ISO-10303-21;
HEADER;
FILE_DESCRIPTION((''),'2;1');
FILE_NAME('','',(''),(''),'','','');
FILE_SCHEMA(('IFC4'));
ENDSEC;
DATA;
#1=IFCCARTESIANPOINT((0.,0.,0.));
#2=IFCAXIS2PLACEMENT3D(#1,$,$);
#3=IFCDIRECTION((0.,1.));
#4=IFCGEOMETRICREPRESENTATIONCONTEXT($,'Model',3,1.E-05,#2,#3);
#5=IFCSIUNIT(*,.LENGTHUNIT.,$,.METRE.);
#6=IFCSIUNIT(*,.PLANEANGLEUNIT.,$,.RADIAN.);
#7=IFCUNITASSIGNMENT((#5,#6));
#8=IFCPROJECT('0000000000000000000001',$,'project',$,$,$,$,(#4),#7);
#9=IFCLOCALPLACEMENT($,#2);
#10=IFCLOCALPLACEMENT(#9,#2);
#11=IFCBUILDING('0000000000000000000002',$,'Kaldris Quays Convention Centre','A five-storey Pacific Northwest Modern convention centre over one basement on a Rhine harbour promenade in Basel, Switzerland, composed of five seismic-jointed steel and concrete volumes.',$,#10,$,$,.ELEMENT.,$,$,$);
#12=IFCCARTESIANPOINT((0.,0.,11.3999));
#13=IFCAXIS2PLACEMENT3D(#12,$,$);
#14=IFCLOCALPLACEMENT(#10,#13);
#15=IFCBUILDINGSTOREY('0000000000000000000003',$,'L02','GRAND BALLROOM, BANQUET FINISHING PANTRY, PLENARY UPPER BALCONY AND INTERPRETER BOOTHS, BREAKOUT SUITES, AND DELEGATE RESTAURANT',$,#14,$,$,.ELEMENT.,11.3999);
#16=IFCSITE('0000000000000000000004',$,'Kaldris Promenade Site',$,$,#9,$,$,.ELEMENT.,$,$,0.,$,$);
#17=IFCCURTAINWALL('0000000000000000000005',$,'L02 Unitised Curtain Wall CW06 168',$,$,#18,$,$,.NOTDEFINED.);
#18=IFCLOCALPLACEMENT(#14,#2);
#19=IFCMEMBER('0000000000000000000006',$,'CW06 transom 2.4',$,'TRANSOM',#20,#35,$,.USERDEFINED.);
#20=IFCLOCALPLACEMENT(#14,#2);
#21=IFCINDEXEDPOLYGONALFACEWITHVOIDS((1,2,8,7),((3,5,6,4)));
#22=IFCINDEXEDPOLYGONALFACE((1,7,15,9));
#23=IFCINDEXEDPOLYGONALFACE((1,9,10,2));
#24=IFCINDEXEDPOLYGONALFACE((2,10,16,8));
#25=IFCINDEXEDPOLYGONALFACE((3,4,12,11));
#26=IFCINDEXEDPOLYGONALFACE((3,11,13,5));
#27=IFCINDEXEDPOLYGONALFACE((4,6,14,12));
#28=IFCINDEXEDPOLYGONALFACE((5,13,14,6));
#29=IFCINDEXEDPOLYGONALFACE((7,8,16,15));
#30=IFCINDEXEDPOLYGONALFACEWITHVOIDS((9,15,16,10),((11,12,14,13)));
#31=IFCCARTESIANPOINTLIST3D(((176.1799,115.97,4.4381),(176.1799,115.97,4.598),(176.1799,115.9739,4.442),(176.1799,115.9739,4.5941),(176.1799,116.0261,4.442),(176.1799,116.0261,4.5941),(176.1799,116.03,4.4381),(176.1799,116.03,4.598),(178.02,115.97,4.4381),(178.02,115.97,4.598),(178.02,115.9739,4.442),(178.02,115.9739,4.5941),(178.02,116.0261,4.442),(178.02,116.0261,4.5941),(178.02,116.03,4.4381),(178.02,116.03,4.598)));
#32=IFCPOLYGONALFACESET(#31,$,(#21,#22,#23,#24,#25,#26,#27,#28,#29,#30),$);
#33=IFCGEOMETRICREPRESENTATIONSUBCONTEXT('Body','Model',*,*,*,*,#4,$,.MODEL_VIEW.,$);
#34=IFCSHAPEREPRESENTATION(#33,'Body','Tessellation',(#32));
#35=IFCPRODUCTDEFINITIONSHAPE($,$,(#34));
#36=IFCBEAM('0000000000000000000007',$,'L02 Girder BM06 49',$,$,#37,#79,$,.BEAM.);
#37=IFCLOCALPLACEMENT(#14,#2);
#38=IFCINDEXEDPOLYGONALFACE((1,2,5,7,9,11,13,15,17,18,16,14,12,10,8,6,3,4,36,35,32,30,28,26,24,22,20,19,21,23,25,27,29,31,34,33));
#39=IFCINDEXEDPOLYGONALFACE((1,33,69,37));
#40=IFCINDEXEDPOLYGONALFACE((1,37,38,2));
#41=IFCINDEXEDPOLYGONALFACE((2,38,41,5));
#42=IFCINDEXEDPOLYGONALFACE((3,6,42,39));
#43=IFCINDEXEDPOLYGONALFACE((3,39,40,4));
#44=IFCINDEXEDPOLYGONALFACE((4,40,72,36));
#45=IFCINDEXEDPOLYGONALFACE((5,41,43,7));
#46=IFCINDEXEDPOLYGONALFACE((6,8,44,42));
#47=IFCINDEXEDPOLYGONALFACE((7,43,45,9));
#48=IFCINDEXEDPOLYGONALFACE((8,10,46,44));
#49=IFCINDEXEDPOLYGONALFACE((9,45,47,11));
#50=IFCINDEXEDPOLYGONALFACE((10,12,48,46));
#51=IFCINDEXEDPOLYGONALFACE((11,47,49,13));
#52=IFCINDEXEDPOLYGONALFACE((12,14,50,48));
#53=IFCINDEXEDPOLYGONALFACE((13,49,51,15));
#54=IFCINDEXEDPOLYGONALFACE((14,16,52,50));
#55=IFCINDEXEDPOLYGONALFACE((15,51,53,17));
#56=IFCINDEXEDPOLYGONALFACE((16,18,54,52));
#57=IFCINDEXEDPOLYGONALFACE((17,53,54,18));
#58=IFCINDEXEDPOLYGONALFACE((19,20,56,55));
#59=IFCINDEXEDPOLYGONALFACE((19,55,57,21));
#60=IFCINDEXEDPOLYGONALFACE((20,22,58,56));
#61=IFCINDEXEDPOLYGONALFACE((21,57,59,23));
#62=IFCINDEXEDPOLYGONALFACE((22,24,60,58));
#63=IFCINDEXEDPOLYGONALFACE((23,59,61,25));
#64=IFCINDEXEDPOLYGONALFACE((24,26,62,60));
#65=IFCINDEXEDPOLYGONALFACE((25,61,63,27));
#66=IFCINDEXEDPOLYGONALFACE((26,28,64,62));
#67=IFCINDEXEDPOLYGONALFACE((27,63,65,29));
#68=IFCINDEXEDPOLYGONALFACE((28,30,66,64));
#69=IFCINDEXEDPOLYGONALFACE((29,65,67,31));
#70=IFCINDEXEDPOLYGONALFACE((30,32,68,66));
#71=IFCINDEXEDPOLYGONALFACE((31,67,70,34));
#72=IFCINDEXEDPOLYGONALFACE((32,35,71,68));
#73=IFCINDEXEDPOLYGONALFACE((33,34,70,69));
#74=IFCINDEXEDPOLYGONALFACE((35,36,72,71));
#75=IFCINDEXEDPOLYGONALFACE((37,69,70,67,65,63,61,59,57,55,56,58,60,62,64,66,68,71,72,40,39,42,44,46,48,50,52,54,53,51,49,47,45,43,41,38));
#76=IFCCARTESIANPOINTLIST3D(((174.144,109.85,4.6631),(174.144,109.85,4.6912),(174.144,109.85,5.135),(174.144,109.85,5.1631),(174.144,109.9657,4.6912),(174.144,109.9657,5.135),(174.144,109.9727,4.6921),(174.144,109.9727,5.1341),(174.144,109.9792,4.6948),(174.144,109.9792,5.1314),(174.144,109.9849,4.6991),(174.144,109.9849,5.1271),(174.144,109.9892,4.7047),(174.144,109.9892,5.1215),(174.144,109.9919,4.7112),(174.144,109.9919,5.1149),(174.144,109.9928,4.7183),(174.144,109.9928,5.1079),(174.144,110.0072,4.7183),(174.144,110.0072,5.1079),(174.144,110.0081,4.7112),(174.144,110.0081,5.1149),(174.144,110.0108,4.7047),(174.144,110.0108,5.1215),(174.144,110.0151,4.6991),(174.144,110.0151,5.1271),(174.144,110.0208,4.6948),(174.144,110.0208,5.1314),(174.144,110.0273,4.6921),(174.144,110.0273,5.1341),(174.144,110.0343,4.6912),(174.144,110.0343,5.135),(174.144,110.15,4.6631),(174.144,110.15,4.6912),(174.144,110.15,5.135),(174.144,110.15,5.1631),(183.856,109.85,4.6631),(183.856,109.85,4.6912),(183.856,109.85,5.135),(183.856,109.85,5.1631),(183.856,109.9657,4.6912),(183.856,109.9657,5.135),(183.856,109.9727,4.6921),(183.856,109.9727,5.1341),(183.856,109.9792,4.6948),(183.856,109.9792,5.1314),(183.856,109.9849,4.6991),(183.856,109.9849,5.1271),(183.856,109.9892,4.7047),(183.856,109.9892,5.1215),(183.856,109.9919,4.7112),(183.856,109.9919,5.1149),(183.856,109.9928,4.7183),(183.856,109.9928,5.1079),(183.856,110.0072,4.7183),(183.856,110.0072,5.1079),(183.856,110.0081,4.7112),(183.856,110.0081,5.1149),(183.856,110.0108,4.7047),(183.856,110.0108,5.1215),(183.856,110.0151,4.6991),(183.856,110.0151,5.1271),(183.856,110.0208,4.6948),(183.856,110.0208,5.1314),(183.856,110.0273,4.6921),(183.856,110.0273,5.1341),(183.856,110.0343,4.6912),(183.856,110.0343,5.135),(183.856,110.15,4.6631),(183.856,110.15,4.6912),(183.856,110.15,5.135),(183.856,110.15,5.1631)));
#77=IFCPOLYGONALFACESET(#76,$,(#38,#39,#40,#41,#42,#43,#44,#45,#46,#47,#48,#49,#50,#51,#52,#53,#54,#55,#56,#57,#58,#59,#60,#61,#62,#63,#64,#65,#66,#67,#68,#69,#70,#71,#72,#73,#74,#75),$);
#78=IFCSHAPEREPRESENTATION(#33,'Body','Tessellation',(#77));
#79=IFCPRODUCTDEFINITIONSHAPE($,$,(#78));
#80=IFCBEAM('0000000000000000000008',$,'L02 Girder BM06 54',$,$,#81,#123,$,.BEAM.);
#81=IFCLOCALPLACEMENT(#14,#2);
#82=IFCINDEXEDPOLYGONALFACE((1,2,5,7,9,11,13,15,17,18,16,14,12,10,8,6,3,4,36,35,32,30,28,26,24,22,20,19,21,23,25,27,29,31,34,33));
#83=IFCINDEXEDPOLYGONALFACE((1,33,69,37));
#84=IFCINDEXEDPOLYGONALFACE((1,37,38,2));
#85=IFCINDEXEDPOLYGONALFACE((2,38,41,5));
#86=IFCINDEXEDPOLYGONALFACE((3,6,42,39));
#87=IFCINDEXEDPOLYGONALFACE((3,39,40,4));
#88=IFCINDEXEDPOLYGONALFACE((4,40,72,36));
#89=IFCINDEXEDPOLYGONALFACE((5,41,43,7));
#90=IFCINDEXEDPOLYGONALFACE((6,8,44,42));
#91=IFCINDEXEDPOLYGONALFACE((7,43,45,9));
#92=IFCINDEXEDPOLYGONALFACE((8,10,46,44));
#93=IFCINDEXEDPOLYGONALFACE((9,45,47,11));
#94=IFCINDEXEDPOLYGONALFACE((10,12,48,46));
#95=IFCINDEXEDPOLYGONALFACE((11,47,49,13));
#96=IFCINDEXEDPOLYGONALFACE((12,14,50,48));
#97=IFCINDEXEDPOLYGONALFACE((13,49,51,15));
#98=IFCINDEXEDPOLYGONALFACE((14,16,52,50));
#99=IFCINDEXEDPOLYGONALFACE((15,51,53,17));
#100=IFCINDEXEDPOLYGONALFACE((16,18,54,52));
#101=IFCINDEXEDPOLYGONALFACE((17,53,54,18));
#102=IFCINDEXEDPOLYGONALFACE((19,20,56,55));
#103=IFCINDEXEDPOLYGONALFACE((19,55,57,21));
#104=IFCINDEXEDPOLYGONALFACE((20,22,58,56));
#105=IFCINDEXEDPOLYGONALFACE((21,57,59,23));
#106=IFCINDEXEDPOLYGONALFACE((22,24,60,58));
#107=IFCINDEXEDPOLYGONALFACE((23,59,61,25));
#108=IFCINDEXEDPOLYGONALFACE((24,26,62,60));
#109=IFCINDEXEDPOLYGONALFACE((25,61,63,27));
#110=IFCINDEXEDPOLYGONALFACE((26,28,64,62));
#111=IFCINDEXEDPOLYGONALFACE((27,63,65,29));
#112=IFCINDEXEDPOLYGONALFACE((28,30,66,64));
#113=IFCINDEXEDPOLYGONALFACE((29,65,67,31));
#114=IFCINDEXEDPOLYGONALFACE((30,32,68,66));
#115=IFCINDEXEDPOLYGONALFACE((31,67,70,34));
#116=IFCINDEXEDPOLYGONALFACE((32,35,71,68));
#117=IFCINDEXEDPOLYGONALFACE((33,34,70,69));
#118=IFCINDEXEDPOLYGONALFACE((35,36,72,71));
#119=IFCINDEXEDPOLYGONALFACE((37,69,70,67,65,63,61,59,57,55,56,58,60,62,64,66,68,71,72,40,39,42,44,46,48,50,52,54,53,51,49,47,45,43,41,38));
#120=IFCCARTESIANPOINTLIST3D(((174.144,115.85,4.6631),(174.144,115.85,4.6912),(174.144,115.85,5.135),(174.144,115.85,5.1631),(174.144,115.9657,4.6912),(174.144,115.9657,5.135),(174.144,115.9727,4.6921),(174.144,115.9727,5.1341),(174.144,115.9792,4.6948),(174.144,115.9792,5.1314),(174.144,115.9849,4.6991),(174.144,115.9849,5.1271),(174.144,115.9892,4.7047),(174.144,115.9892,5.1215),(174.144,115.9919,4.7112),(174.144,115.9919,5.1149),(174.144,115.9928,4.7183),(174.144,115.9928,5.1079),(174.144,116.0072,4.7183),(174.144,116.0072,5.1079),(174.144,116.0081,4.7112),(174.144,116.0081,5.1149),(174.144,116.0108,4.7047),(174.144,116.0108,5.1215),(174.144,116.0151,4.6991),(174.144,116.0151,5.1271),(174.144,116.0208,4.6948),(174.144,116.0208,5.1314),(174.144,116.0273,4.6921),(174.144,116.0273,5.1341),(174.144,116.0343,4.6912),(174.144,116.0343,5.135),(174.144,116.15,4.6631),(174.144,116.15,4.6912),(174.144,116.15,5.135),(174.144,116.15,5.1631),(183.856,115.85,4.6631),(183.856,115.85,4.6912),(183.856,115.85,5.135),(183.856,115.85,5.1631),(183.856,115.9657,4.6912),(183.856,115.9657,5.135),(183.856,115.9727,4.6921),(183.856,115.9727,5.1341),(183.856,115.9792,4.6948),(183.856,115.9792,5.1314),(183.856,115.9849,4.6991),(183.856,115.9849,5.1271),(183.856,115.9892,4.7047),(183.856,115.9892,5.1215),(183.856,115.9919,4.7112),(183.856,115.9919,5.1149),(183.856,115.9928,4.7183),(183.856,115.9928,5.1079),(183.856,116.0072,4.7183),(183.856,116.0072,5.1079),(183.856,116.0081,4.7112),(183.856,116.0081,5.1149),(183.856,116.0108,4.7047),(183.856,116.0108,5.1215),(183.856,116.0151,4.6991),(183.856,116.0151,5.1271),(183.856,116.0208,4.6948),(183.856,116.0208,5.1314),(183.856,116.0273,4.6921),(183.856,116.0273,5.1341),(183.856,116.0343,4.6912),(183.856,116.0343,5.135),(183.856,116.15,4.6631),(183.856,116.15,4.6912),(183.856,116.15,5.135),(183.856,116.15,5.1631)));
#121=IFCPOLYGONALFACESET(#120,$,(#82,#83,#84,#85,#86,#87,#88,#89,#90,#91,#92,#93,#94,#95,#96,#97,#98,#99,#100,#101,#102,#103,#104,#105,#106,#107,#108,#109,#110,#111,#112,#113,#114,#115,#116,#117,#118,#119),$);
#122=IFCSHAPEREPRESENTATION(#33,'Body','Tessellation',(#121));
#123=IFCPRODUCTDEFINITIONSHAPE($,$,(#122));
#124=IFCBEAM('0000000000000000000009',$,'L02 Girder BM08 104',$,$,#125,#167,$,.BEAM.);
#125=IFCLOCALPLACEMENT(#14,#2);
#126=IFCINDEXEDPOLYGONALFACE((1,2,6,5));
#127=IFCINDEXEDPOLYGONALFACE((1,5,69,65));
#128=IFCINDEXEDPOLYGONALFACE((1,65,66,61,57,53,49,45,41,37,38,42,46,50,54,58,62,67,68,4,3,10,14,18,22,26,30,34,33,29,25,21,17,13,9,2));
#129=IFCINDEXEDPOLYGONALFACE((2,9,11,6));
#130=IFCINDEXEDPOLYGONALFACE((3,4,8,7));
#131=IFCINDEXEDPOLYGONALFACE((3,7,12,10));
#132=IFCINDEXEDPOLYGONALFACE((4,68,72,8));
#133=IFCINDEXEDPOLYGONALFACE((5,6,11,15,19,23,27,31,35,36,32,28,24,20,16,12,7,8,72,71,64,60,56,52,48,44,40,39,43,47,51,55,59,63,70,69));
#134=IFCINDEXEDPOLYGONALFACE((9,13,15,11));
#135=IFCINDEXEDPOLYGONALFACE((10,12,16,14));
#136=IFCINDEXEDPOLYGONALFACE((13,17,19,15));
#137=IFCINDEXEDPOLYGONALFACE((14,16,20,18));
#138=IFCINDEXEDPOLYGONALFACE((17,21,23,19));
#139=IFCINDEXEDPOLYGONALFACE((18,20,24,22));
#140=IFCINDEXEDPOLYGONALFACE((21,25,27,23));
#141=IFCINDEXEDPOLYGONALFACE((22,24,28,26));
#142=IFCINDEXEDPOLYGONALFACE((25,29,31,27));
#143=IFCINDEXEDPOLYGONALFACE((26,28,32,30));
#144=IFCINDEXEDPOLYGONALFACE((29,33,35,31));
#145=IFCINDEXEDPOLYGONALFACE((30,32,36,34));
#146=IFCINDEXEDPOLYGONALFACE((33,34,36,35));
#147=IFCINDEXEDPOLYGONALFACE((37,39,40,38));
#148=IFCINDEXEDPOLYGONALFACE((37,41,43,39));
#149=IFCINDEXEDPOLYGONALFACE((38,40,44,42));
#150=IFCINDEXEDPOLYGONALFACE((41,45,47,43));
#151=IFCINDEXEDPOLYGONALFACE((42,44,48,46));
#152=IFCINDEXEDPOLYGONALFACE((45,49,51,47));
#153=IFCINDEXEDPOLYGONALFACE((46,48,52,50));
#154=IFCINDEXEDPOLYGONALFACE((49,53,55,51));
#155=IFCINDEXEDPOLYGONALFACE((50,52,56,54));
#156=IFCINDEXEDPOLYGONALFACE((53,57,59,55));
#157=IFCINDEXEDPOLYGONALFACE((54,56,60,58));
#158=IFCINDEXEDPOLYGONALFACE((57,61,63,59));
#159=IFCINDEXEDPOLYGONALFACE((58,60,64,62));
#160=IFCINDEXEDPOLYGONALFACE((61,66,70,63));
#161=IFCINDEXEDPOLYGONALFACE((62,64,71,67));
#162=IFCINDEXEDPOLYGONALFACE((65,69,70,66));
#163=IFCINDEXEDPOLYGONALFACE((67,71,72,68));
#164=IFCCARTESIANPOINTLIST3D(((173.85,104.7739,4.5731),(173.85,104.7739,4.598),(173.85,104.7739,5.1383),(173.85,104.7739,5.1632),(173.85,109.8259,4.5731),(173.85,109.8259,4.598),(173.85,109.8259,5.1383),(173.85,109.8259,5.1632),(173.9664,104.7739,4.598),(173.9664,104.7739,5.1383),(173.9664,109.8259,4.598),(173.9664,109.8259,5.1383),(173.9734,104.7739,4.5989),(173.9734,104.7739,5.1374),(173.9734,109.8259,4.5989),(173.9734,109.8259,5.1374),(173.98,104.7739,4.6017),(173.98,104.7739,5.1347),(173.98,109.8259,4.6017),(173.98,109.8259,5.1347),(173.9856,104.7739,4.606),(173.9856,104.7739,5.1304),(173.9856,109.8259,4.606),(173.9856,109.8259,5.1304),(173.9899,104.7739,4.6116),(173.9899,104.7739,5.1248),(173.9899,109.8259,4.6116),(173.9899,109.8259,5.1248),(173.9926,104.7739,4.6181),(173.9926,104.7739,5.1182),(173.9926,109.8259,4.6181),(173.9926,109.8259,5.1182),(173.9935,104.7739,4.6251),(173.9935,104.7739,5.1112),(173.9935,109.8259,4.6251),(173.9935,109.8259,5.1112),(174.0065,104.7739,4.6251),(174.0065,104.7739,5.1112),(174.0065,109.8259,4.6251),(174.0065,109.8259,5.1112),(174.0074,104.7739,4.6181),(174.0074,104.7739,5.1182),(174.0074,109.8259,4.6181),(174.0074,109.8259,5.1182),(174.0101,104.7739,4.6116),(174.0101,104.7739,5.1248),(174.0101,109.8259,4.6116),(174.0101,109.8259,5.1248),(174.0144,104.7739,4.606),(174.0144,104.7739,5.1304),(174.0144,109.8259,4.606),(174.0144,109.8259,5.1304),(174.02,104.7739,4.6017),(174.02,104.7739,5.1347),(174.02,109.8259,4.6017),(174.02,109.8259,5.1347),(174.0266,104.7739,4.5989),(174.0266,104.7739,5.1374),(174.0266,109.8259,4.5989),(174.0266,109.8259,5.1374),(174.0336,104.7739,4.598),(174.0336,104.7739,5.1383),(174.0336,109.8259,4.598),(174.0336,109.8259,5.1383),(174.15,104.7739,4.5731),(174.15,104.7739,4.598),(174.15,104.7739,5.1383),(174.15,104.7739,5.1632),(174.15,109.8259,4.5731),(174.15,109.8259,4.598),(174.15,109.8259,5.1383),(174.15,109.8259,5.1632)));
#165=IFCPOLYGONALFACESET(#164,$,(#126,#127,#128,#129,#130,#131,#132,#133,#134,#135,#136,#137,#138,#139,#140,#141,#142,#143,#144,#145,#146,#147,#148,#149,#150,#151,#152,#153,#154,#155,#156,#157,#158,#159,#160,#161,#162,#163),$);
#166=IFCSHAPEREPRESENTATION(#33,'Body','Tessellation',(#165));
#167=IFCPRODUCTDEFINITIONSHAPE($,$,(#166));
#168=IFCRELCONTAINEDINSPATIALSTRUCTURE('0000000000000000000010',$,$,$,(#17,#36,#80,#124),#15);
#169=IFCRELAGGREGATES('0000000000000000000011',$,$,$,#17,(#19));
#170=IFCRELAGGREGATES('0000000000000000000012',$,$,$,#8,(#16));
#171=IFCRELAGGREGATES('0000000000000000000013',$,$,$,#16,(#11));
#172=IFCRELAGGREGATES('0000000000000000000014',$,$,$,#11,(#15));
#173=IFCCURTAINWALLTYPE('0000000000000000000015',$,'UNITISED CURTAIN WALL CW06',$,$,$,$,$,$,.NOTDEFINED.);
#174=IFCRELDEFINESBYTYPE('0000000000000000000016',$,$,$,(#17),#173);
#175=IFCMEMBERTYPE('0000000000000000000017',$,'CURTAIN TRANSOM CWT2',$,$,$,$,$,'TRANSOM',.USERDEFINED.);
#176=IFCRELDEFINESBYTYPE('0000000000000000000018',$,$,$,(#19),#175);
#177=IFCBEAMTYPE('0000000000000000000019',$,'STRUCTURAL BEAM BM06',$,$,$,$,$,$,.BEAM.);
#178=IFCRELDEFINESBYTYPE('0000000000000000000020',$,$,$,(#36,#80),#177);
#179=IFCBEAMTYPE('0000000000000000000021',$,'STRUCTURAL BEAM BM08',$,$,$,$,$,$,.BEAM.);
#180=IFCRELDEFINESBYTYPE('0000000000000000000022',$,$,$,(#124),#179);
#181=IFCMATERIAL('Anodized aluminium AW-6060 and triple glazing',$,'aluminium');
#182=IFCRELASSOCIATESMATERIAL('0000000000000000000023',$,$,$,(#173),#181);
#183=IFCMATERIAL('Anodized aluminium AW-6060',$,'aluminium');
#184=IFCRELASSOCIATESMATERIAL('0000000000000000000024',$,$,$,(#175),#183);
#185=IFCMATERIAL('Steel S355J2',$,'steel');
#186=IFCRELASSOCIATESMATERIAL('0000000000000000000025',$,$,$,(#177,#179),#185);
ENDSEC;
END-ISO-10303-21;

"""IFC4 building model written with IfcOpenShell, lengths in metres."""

from ifc_helpers import new_model, si_unit, direction, frame, origin, origin_2d, place, context, subcontext, project, spatial, hollow_rectangle, i_section, extrude, material, material_profile, profile_set, type_object, element, aggregate, save


model = new_model("IFC4")

# Units and contexts
model_context = context("Model", 3, precision=1e-05, world=origin(), true_north=direction((0.0, 1.0)))
body_context = subcontext(model_context, "Body", "Model", "MODEL_VIEW")
ifc_project = project(units=[si_unit("LENGTHUNIT", "METRE"), si_unit("PLANEANGLEUNIT", "RADIAN")], contexts=[model_context])

# Site, building, storey
site_placement = place(None, origin())
site = spatial("IfcSite", under=ifc_project, at=site_placement, Name="Kaldris Promenade Site", CompositionType="ELEMENT", RefElevation=0.0)
building_placement = place(site_placement, origin())
building = spatial("IfcBuilding", under=site, at=building_placement, Name="Kaldris Quays Convention Centre", Description="A five-storey Pacific Northwest Modern convention centre over one basement on a Rhine harbour promenade in Basel, Switzerland, composed of five seismic-jointed steel and concrete volumes.", CompositionType="ELEMENT")
storey_placement = place(building_placement, frame((0.0, 0.0, 11.3999)))
storey = spatial("IfcBuildingStorey", under=building, at=storey_placement, Name="L02", Description="GRAND BALLROOM, BANQUET FINISHING PANTRY, PLENARY UPPER BALCONY AND INTERPRETER BOOTHS, BREAKOUT SUITES, AND DELEGATE RESTAURANT", CompositionType="ELEMENT", Elevation=11.3999)

# Shared definitions
ifc_material_1 = material(Name="Steel S355J2", Category="steel")

# Curtain wall
ifc_material_2 = material(Name="Anodized aluminium AW-6060 and triple glazing", Category="aluminium")
curtain_wall_type = type_object("IfcCurtainWallType", Name="UNITISED CURTAIN WALL CW06", PredefinedType="NOTDEFINED", material=ifc_material_2)
ifc_material_3 = material(Name="Anodized aluminium AW-6060", Category="aluminium")
curtain_wall_1_placement = place(storey_placement, origin())
curtain_wall_1 = element("IfcCurtainWall", 1, at=curtain_wall_1_placement, inside=storey, type_object=curtain_wall_type, Name="L02 Unitised Curtain Wall CW06 168", PredefinedType="NOTDEFINED")

# Member
ifc_material_profile_1 = material_profile(ifc_material_3, hollow_rectangle(XDim=0.0601, YDim=0.1599, WallThickness=0.0039, at=origin_2d()), Name="RHS 160x60x4")
ifc_profile_set_1 = profile_set([ifc_material_profile_1], Name="Anodized aluminium AW-6060")
member_type_1 = type_object("IfcMemberType", Name="CURTAIN TRANSOM CWT2", ElementType="TRANSOM", PredefinedType="USERDEFINED", material=ifc_profile_set_1)
member_1_placement = place(storey_placement, frame((176.1799, 116.0, 4.5181), z_axis=(1.0, 0.0, 0.0), x_axis=(0.0, 1.0, 0.0)))
member_1 = element("IfcMember", 2, at=member_1_placement, type_object=member_type_1, Name="CW06 transom 2.4", ObjectType="TRANSOM", PredefinedType="USERDEFINED", context=body_context, shape_type="SweptSolid", body=[
    extrude(hollow_rectangle(XDim=0.0601, YDim=0.1599, WallThickness=0.0039, at=origin_2d()), origin(), (0.0, 0.0, 1.0), 1.8401),
])

# Beams
ifc_material_profile_2 = material_profile(ifc_material_1, i_section(OverallWidth=0.3, OverallDepth=0.5, WebThickness=0.0144, FlangeThickness=0.0281, FilletRadius=0.0271, at=origin_2d()), Name="HEB 500")
ifc_profile_set_2 = profile_set([ifc_material_profile_2], Name="Steel S355J2")
beam_type_1 = type_object("IfcBeamType", Name="STRUCTURAL BEAM BM06", PredefinedType="BEAM", material=ifc_profile_set_2)
for number, where, z_axis, x_axis, name in (
    (3, (174.144, 110.0, 4.9131), (1.0, 0.0, 0.0), (0.0, 1.0, 0.0), "L02 Girder BM06 49"),
    (4, (174.144, 116.0, 4.9131), (1.0, 0.0, 0.0), (0.0, 1.0, 0.0), "L02 Girder BM06 54"),
):
    element("IfcBeam", number, at=place(storey_placement, frame(where, z_axis=z_axis, x_axis=x_axis)), inside=storey, type_object=beam_type_1, Name=name, PredefinedType="BEAM", context=body_context, shape_type="SweptSolid", body=[
        extrude(i_section(OverallWidth=0.3, OverallDepth=0.5, WebThickness=0.0144, FlangeThickness=0.0281, FilletRadius=0.0271, at=origin_2d()), origin(), (0.0, 0.0, 1.0), 9.7119),
    ])
ifc_material_profile_3 = material_profile(ifc_material_1, i_section(OverallWidth=0.3, OverallDepth=0.5901, WebThickness=0.0129, FlangeThickness=0.0249, FilletRadius=0.0271, at=origin_2d()), Name="HEA 600")
ifc_profile_set_3 = profile_set([ifc_material_profile_3], Name="Steel S355J2")
beam_type_2 = type_object("IfcBeamType", Name="STRUCTURAL BEAM BM08", PredefinedType="BEAM", material=ifc_profile_set_3)
beam_1_placement = place(storey_placement, frame((174.0, 104.7739, 4.8682), z_axis=(0.0, 1.0, 0.0), x_axis=(-1.0, 0.0, 0.0)))
element("IfcBeam", 5, at=beam_1_placement, inside=storey, type_object=beam_type_2, Name="L02 Girder BM08 104", PredefinedType="BEAM", context=body_context, shape_type="SweptSolid", body=[
    extrude(i_section(OverallWidth=0.3, OverallDepth=0.5901, WebThickness=0.0129, FlangeThickness=0.0249, FilletRadius=0.0271, at=origin_2d()), origin(), (0.0, 0.0, 1.0), 5.052),
])

aggregate(curtain_wall_1, [member_1])

save(model, "model.ifc")
